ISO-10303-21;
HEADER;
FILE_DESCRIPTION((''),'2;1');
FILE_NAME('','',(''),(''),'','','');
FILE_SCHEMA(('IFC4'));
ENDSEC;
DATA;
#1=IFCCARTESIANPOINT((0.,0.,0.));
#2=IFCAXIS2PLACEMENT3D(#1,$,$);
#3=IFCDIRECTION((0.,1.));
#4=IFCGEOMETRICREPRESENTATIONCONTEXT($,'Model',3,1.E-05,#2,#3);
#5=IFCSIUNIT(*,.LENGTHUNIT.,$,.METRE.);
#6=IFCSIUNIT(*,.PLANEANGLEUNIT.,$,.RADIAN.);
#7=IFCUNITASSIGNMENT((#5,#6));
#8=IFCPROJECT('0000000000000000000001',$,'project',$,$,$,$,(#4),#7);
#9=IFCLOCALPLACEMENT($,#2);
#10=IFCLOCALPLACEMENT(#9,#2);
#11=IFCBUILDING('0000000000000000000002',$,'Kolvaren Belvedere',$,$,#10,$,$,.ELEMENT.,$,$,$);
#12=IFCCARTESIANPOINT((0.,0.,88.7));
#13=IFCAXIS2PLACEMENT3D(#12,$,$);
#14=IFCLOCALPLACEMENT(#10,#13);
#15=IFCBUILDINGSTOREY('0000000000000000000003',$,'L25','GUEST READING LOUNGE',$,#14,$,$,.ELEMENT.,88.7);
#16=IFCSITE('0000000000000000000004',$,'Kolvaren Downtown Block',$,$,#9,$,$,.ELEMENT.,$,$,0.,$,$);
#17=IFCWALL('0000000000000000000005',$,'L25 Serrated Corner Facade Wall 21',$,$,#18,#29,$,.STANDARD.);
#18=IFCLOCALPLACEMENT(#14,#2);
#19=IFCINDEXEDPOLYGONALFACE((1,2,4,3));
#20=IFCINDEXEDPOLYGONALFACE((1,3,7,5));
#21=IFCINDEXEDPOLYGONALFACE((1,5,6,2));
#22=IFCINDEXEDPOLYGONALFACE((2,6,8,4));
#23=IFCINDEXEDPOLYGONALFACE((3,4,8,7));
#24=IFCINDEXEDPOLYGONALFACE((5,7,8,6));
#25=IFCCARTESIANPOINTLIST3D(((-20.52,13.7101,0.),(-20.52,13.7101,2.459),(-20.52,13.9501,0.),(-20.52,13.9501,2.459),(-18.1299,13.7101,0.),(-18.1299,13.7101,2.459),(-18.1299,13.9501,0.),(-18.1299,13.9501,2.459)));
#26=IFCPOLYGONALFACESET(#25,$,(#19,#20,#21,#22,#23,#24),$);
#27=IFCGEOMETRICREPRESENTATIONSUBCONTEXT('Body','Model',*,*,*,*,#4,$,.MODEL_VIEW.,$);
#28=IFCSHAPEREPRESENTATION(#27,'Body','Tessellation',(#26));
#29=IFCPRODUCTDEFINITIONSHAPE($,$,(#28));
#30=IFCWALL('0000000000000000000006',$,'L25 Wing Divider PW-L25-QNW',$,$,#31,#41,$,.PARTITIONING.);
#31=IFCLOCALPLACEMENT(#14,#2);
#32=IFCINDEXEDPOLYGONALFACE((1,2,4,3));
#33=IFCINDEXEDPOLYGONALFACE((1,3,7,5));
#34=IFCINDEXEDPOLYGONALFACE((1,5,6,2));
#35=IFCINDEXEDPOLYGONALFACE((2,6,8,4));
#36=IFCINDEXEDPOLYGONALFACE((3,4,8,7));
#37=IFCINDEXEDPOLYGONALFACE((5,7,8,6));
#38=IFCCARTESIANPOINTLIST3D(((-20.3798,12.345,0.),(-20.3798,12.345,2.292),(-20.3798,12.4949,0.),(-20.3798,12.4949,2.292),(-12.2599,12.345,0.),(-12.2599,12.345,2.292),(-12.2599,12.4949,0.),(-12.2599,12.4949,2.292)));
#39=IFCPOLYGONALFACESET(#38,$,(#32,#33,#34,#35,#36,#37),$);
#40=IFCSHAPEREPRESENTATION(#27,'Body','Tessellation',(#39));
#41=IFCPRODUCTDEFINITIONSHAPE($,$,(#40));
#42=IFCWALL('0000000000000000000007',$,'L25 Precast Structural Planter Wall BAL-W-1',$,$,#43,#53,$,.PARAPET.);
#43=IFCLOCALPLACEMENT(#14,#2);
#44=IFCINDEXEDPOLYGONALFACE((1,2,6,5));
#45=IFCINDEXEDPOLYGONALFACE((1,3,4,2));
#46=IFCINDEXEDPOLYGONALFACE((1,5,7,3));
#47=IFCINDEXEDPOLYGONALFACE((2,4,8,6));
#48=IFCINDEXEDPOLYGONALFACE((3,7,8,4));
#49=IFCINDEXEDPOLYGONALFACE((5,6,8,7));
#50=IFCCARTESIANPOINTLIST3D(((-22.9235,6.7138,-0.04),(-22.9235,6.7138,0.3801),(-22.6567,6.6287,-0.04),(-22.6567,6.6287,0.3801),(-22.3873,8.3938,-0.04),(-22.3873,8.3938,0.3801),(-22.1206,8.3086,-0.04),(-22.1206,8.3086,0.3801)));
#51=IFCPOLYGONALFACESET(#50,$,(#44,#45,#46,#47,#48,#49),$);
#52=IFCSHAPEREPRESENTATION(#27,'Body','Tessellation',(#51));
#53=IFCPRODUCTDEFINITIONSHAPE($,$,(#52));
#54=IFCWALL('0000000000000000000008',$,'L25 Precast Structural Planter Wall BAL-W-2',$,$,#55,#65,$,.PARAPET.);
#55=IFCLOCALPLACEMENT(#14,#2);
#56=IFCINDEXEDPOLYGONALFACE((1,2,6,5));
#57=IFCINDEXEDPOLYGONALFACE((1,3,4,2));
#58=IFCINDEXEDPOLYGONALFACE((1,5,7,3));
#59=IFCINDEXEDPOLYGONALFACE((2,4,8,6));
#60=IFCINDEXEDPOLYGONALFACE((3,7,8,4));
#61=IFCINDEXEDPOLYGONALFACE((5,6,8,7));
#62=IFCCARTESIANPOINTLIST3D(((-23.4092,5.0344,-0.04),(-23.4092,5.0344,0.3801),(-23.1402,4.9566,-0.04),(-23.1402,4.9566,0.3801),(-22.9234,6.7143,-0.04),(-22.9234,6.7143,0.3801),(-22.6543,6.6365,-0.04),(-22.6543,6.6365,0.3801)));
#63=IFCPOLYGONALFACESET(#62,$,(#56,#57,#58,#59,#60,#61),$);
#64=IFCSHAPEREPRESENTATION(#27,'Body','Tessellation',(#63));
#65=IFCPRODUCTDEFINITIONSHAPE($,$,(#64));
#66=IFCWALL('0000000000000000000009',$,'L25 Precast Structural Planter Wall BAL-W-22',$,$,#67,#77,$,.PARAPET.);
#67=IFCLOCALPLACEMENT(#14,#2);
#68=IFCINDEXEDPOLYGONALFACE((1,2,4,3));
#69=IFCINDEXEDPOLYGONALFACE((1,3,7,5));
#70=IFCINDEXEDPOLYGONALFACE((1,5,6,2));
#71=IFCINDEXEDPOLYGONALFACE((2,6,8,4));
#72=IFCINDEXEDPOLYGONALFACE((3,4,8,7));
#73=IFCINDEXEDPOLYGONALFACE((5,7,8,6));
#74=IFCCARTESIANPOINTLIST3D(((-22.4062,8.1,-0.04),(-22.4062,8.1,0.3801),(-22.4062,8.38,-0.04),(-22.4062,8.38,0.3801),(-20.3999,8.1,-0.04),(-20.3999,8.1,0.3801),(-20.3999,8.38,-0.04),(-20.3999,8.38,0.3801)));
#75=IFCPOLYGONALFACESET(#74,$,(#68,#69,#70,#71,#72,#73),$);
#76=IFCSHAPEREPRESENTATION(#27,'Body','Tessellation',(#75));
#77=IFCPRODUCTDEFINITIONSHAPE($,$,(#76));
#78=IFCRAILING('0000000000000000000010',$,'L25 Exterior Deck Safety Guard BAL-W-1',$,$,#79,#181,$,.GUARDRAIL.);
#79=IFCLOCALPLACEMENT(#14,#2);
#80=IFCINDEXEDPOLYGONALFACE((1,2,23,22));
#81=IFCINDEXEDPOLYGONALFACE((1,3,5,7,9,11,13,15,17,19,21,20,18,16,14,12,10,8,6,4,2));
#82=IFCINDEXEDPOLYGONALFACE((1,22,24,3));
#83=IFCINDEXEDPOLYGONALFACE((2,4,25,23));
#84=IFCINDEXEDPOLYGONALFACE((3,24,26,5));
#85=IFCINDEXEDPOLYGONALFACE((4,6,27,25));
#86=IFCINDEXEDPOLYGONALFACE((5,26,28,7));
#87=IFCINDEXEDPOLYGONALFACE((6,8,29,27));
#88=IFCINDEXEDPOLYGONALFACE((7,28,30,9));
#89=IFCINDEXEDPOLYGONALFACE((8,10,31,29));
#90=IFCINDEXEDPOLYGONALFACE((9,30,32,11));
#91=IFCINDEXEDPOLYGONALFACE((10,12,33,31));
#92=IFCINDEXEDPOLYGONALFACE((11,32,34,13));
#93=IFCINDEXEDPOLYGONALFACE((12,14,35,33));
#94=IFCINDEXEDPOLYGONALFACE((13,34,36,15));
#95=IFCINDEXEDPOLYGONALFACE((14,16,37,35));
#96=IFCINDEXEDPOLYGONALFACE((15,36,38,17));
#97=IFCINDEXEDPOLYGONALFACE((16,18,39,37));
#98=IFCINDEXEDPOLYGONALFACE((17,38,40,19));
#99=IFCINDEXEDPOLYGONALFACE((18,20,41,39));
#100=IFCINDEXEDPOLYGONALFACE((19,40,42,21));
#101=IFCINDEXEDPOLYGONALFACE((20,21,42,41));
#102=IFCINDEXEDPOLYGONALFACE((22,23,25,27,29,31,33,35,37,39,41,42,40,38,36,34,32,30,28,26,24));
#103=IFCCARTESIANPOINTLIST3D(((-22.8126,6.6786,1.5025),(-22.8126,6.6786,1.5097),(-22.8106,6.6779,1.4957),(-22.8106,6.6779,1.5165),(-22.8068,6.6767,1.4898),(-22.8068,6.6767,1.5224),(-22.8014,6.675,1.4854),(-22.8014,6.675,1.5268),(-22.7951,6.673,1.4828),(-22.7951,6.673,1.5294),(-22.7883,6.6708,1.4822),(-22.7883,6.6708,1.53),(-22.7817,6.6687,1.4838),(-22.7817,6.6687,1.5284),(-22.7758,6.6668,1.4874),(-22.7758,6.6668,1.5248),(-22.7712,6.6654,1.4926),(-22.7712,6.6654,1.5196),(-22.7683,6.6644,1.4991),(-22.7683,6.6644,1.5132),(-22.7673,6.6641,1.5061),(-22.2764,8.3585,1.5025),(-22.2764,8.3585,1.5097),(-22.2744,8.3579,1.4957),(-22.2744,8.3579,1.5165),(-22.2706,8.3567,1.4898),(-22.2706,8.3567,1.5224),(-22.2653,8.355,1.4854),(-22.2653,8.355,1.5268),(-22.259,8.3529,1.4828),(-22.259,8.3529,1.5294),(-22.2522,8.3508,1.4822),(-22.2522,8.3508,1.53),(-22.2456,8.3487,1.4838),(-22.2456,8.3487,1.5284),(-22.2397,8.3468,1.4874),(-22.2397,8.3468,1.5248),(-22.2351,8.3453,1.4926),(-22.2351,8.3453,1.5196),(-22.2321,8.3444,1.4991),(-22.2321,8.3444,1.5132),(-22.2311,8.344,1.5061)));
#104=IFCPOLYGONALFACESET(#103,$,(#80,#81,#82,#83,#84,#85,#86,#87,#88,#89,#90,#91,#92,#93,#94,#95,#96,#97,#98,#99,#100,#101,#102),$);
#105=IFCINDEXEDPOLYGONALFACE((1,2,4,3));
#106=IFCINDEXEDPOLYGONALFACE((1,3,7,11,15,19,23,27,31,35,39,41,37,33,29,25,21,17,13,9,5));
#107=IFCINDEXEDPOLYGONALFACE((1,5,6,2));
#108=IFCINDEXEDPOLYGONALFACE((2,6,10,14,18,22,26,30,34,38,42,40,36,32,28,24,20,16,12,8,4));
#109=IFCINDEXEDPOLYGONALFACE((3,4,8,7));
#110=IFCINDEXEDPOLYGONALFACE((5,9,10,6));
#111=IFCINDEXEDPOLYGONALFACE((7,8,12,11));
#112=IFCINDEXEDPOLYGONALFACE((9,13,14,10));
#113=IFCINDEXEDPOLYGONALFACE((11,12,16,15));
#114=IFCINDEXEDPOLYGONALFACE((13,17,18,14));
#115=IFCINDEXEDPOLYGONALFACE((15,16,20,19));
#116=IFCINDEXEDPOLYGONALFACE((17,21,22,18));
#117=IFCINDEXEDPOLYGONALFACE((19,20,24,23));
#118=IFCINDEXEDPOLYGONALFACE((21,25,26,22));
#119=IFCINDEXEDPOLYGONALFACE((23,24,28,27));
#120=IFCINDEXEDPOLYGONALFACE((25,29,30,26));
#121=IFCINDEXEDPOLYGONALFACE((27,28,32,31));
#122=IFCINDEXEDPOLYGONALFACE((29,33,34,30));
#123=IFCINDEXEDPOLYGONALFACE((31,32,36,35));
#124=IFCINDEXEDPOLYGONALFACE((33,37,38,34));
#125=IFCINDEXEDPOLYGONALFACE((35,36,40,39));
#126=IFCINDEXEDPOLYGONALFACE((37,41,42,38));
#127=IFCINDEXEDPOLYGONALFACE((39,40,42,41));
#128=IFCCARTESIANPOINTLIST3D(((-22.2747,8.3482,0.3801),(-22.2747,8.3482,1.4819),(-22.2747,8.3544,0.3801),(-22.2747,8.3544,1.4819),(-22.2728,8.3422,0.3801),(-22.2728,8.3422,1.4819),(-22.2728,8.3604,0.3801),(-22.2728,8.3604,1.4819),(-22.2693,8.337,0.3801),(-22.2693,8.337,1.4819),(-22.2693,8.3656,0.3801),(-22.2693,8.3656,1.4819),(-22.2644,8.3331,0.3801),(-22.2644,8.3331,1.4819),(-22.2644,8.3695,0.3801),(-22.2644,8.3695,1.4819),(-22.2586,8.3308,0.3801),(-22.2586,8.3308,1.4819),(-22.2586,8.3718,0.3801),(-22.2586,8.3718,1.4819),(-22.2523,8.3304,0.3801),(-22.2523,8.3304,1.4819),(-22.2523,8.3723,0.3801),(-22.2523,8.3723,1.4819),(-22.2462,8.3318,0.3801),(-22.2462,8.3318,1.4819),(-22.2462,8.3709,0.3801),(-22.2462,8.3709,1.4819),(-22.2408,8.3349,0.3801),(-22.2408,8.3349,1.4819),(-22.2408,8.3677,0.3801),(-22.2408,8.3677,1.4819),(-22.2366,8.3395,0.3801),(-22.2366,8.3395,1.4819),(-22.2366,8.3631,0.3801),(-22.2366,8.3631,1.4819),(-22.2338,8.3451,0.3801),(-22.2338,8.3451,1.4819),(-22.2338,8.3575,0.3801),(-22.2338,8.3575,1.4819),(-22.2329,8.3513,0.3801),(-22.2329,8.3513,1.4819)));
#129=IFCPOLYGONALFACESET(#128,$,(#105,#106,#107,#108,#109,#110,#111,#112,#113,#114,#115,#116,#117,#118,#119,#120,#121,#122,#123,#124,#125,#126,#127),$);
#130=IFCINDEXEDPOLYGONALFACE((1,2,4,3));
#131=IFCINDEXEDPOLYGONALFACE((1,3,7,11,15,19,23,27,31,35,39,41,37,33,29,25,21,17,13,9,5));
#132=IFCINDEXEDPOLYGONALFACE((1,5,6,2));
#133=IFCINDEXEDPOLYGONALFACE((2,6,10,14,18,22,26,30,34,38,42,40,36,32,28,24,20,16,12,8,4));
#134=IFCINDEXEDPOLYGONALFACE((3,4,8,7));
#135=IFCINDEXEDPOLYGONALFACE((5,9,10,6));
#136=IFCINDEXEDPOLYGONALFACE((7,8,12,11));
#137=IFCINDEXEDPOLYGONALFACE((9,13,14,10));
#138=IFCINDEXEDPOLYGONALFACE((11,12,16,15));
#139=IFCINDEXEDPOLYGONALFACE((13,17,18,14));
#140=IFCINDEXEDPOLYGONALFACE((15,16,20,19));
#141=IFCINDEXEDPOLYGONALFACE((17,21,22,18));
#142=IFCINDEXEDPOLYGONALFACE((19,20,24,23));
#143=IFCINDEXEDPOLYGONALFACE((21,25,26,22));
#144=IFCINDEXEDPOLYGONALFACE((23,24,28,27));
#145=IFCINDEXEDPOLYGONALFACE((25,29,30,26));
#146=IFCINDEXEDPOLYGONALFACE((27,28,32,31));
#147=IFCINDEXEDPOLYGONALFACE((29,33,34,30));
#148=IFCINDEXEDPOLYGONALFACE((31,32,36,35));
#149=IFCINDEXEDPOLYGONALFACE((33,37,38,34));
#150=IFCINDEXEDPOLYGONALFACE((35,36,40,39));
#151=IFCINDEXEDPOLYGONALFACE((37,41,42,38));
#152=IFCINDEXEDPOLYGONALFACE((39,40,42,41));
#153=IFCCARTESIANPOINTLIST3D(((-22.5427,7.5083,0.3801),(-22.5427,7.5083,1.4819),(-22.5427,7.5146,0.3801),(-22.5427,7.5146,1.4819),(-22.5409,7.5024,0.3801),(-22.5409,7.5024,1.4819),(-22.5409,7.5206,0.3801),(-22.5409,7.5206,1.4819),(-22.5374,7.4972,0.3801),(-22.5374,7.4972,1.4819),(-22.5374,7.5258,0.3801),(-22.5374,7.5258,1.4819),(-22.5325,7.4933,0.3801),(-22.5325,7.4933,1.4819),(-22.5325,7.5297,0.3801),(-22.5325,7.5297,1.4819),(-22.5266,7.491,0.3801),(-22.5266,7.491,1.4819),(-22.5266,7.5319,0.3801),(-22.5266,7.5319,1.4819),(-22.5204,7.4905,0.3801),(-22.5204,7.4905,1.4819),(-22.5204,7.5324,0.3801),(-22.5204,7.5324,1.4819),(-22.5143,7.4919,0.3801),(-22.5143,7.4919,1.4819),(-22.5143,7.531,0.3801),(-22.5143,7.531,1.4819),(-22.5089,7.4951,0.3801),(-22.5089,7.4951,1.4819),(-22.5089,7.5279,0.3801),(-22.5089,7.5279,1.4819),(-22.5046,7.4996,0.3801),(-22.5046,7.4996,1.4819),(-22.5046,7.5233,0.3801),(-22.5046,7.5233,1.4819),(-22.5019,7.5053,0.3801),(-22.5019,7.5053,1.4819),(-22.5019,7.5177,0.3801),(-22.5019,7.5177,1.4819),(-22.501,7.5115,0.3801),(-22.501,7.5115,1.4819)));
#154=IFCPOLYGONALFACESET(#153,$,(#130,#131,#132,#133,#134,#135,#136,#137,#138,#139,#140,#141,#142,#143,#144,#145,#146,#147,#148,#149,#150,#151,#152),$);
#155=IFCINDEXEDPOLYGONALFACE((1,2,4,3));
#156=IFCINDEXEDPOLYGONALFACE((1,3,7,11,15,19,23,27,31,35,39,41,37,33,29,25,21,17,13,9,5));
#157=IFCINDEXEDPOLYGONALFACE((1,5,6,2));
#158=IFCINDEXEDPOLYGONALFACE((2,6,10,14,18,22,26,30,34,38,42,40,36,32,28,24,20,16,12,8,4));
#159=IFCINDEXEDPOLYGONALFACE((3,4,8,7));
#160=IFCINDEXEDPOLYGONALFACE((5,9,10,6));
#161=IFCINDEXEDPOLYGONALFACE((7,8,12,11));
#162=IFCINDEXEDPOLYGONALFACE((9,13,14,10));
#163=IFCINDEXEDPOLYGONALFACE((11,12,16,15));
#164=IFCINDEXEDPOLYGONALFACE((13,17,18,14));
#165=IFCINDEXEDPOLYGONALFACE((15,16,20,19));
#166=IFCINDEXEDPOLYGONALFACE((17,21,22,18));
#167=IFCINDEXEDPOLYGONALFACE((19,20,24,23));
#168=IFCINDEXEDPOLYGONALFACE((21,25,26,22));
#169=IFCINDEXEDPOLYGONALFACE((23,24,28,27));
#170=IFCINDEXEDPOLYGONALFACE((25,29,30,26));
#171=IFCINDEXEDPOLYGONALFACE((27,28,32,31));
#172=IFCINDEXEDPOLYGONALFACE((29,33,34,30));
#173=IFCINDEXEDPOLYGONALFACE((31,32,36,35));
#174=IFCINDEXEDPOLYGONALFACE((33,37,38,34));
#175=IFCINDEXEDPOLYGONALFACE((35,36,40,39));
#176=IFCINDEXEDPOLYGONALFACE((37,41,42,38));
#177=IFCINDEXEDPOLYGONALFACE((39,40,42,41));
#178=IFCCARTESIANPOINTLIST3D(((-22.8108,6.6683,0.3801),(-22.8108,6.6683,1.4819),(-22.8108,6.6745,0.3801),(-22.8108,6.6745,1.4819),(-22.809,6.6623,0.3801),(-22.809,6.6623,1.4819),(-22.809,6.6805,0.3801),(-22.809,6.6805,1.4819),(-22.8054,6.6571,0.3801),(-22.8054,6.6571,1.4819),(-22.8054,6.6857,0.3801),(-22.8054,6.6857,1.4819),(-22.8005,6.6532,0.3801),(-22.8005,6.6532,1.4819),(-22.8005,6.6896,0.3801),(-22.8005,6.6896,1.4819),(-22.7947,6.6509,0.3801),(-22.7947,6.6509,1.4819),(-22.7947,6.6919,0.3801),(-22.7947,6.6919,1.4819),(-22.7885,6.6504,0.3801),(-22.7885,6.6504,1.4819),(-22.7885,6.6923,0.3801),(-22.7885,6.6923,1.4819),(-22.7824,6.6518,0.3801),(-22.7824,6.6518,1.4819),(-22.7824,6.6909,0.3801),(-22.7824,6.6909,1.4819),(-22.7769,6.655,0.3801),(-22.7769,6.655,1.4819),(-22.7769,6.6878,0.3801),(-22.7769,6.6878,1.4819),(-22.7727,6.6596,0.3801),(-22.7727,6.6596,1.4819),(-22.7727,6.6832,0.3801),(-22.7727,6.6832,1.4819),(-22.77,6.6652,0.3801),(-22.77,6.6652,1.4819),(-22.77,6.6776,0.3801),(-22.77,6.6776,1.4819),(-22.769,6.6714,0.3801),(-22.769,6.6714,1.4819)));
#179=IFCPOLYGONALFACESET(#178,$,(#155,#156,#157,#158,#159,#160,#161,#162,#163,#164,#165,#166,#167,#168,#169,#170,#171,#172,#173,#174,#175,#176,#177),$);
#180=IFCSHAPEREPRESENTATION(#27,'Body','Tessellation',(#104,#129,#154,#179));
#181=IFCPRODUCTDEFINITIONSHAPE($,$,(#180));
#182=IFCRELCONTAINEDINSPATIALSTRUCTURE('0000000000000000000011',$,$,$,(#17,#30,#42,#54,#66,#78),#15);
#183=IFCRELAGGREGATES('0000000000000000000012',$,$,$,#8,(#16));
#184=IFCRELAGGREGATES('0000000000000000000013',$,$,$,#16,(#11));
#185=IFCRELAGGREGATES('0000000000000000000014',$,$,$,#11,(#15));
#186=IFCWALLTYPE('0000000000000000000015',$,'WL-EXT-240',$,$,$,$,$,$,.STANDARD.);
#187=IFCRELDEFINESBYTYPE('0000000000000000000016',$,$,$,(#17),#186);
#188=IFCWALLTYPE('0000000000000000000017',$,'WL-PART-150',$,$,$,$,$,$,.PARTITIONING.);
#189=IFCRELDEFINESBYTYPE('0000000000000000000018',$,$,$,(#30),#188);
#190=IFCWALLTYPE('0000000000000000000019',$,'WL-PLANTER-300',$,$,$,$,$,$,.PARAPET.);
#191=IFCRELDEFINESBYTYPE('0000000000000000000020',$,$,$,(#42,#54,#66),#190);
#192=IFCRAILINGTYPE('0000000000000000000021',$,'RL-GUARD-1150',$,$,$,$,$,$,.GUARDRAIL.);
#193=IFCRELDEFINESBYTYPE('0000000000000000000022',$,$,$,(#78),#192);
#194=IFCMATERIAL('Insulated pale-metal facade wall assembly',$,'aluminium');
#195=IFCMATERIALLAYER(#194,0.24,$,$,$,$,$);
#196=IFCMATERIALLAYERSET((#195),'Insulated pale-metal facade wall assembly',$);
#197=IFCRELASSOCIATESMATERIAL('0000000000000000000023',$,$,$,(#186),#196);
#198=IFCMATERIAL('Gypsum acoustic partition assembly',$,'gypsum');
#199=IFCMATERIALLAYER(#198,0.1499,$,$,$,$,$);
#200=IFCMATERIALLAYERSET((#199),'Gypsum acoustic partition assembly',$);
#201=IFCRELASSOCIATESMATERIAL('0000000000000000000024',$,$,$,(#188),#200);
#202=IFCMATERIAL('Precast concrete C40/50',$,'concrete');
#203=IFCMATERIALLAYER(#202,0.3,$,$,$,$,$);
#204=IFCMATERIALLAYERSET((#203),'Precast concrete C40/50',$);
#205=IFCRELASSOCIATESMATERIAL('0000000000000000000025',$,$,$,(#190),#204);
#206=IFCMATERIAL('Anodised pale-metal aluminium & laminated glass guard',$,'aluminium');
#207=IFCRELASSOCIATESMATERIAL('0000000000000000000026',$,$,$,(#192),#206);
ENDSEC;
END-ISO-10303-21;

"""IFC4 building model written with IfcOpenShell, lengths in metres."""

from ifc_helpers import new_model, si_unit, direction, frame, frame_2d, origin, origin_2d, place, context, subcontext, project, spatial, rectangle, circle, extrude, material, layer, layer_set, type_object, element, save


model = new_model("IFC4")

# Units and contexts
model_context = context("Model", 3, precision=1e-05, world=origin(), true_north=direction((0.0, 1.0)))
body_context = subcontext(model_context, "Body", "Model", "MODEL_VIEW")
ifc_project = project(units=[si_unit("LENGTHUNIT", "METRE"), si_unit("PLANEANGLEUNIT", "RADIAN")], contexts=[model_context])

# Site, building, storey
site_placement = place(None, origin())
site = spatial("IfcSite", under=ifc_project, at=site_placement, Name="Kolvaren Downtown Block", CompositionType="ELEMENT", RefElevation=0.0)
building_placement = place(site_placement, origin())
building = spatial("IfcBuilding", under=site, at=building_placement, Name="Kolvaren Belvedere", CompositionType="ELEMENT")
storey_placement = place(building_placement, frame((0.0, 0.0, 88.7)))
storey = spatial("IfcBuildingStorey", under=building, at=storey_placement, Name="L25", Description="GUEST READING LOUNGE", CompositionType="ELEMENT", Elevation=88.7)

# Shared definitions
ifc_material_1 = material(Name="Insulated pale-metal facade wall assembly", Category="aluminium")
ifc_layer_1 = layer(ifc_material_1, 0.24)
ifc_layer_set_1 = layer_set([ifc_layer_1], Name="Insulated pale-metal facade wall assembly")
wall_type_1 = type_object("IfcWallType", Name="WL-EXT-240", PredefinedType="STANDARD", material=ifc_layer_set_1)

# Walls
wall_1_placement = place(storey_placement, frame((-20.52, 13.8301, 0.0), z_axis=(0.0, 0.0, 1.0), x_axis=(1.0, 0.0, 0.0)))
element("IfcWall", 1, at=wall_1_placement, inside=storey, type_object=wall_type_1, Name="L25 Serrated Corner Facade Wall 21", PredefinedType="STANDARD", context=body_context, shape_type="SweptSolid", body=[
    extrude(rectangle(XDim=2.3901, YDim=0.24, at=frame_2d((1.1951, 0.0))), origin(), (0.0, 0.0, 1.0), 2.459),
])
ifc_material_2 = material(Name="Gypsum acoustic partition assembly", Category="gypsum")
ifc_layer_2 = layer(ifc_material_2, 0.1499)
ifc_layer_set_2 = layer_set([ifc_layer_2], Name="Gypsum acoustic partition assembly")
wall_type_2 = type_object("IfcWallType", Name="WL-PART-150", PredefinedType="PARTITIONING", material=ifc_layer_set_2)
wall_2_placement = place(storey_placement, frame((-20.3799, 12.4199, 0.0), z_axis=(0.0, 0.0, 1.0), x_axis=(1.0, 0.0, 0.0)))
element("IfcWall", 2, at=wall_2_placement, inside=storey, type_object=wall_type_2, Name="L25 Wing Divider PW-L25-QNW", PredefinedType="PARTITIONING", context=body_context, shape_type="SweptSolid", body=[
    extrude(rectangle(XDim=8.1199, YDim=0.1499, at=frame_2d((4.0601, 0.0))), origin(), (0.0, 0.0, 1.0), 2.292),
])
ifc_material_3 = material(Name="Precast concrete C40/50", Category="concrete")
ifc_layer_3 = layer(ifc_material_3, 0.3)
ifc_layer_set_3 = layer_set([ifc_layer_3], Name="Precast concrete C40/50")
wall_type_3 = type_object("IfcWallType", Name="WL-PLANTER-300", PredefinedType="PARAPET", material=ifc_layer_set_3)
wall_3_placement = place(storey_placement, frame((-22.2539, 8.3513, -0.04), z_axis=(0.0, 0.0, 1.0), x_axis=(-0.304032, -0.952662, 0.0)))
element("IfcWall", 3, at=wall_3_placement, inside=storey, type_object=wall_type_3, Name="L25 Precast Structural Planter Wall BAL-W-1", PredefinedType="PARAPET", context=body_context, shape_type="SweptSolid", body=[
    extrude(rectangle(XDim=1.7634, YDim=0.28, at=frame_2d((0.8818, 0.0))), origin(), (0.0, 0.0, 1.0), 0.4202),
])
wall_4_placement = place(storey_placement, frame((-22.7888, 6.6755, -0.04), z_axis=(0.0, 0.0, 1.0), x_axis=(-0.277817, -0.960634, 0.0)))
element("IfcWall", 4, at=wall_4_placement, inside=storey, type_object=wall_type_3, Name="L25 Precast Structural Planter Wall BAL-W-2", PredefinedType="PARAPET", context=body_context, shape_type="SweptSolid", body=[
    extrude(rectangle(XDim=1.7488, YDim=0.28, at=frame_2d((0.8745, 0.0))), origin(), (0.0, 0.0, 1.0), 0.4202),
])
wall_5_placement = place(storey_placement, frame((-20.3999, 8.24, -0.04), z_axis=(0.0, 0.0, 1.0), x_axis=(-1.0, 0.0, 0.0)))
element("IfcWall", 5, at=wall_5_placement, inside=storey, type_object=wall_type_3, Name="L25 Precast Structural Planter Wall BAL-W-22", PredefinedType="PARAPET", context=body_context, shape_type="SweptSolid", body=[
    extrude(rectangle(XDim=2.0063, YDim=0.28, at=frame_2d((1.0032, 0.0))), origin(), (0.0, 0.0, 1.0), 0.4202),
])

# Railing
ifc_material_4 = material(Name="Anodised pale-metal aluminium & laminated glass guard", Category="aluminium")
railing_type = type_object("IfcRailingType", Name="RL-GUARD-1150", PredefinedType="GUARDRAIL", material=ifc_material_4)
railing_1_placement = place(storey_placement, frame((-22.2539, 8.3513, 0.3801)))
element("IfcRailing", 6, at=railing_1_placement, inside=storey, type_object=railing_type, Name="L25 Exterior Deck Safety Guard BAL-W-1", PredefinedType="GUARDRAIL", context=body_context, shape_type="SweptSolid", body=[
    extrude(circle(Radius=0.0239, at=origin_2d()), frame((0.0, 0.0, 1.126), z_axis=(-0.304032, -0.952662, 0.0), x_axis=(0.952662, -0.304032, 0.0)), (0.0, 0.0, 1.0), 1.7634),
    extrude(circle(Radius=0.021, at=origin_2d()), origin(), (0.0, 0.0, 1.0), 1.1018),
    extrude(circle(Radius=0.021, at=origin_2d()), frame((-0.2681, -0.8398, 0.0)), (0.0, 0.0, 1.0), 1.1018),
    extrude(circle(Radius=0.021, at=origin_2d()), frame((-0.5361, -1.6799, 0.0)), (0.0, 0.0, 1.0), 1.1018),
])

save(model, "model.ifc")
